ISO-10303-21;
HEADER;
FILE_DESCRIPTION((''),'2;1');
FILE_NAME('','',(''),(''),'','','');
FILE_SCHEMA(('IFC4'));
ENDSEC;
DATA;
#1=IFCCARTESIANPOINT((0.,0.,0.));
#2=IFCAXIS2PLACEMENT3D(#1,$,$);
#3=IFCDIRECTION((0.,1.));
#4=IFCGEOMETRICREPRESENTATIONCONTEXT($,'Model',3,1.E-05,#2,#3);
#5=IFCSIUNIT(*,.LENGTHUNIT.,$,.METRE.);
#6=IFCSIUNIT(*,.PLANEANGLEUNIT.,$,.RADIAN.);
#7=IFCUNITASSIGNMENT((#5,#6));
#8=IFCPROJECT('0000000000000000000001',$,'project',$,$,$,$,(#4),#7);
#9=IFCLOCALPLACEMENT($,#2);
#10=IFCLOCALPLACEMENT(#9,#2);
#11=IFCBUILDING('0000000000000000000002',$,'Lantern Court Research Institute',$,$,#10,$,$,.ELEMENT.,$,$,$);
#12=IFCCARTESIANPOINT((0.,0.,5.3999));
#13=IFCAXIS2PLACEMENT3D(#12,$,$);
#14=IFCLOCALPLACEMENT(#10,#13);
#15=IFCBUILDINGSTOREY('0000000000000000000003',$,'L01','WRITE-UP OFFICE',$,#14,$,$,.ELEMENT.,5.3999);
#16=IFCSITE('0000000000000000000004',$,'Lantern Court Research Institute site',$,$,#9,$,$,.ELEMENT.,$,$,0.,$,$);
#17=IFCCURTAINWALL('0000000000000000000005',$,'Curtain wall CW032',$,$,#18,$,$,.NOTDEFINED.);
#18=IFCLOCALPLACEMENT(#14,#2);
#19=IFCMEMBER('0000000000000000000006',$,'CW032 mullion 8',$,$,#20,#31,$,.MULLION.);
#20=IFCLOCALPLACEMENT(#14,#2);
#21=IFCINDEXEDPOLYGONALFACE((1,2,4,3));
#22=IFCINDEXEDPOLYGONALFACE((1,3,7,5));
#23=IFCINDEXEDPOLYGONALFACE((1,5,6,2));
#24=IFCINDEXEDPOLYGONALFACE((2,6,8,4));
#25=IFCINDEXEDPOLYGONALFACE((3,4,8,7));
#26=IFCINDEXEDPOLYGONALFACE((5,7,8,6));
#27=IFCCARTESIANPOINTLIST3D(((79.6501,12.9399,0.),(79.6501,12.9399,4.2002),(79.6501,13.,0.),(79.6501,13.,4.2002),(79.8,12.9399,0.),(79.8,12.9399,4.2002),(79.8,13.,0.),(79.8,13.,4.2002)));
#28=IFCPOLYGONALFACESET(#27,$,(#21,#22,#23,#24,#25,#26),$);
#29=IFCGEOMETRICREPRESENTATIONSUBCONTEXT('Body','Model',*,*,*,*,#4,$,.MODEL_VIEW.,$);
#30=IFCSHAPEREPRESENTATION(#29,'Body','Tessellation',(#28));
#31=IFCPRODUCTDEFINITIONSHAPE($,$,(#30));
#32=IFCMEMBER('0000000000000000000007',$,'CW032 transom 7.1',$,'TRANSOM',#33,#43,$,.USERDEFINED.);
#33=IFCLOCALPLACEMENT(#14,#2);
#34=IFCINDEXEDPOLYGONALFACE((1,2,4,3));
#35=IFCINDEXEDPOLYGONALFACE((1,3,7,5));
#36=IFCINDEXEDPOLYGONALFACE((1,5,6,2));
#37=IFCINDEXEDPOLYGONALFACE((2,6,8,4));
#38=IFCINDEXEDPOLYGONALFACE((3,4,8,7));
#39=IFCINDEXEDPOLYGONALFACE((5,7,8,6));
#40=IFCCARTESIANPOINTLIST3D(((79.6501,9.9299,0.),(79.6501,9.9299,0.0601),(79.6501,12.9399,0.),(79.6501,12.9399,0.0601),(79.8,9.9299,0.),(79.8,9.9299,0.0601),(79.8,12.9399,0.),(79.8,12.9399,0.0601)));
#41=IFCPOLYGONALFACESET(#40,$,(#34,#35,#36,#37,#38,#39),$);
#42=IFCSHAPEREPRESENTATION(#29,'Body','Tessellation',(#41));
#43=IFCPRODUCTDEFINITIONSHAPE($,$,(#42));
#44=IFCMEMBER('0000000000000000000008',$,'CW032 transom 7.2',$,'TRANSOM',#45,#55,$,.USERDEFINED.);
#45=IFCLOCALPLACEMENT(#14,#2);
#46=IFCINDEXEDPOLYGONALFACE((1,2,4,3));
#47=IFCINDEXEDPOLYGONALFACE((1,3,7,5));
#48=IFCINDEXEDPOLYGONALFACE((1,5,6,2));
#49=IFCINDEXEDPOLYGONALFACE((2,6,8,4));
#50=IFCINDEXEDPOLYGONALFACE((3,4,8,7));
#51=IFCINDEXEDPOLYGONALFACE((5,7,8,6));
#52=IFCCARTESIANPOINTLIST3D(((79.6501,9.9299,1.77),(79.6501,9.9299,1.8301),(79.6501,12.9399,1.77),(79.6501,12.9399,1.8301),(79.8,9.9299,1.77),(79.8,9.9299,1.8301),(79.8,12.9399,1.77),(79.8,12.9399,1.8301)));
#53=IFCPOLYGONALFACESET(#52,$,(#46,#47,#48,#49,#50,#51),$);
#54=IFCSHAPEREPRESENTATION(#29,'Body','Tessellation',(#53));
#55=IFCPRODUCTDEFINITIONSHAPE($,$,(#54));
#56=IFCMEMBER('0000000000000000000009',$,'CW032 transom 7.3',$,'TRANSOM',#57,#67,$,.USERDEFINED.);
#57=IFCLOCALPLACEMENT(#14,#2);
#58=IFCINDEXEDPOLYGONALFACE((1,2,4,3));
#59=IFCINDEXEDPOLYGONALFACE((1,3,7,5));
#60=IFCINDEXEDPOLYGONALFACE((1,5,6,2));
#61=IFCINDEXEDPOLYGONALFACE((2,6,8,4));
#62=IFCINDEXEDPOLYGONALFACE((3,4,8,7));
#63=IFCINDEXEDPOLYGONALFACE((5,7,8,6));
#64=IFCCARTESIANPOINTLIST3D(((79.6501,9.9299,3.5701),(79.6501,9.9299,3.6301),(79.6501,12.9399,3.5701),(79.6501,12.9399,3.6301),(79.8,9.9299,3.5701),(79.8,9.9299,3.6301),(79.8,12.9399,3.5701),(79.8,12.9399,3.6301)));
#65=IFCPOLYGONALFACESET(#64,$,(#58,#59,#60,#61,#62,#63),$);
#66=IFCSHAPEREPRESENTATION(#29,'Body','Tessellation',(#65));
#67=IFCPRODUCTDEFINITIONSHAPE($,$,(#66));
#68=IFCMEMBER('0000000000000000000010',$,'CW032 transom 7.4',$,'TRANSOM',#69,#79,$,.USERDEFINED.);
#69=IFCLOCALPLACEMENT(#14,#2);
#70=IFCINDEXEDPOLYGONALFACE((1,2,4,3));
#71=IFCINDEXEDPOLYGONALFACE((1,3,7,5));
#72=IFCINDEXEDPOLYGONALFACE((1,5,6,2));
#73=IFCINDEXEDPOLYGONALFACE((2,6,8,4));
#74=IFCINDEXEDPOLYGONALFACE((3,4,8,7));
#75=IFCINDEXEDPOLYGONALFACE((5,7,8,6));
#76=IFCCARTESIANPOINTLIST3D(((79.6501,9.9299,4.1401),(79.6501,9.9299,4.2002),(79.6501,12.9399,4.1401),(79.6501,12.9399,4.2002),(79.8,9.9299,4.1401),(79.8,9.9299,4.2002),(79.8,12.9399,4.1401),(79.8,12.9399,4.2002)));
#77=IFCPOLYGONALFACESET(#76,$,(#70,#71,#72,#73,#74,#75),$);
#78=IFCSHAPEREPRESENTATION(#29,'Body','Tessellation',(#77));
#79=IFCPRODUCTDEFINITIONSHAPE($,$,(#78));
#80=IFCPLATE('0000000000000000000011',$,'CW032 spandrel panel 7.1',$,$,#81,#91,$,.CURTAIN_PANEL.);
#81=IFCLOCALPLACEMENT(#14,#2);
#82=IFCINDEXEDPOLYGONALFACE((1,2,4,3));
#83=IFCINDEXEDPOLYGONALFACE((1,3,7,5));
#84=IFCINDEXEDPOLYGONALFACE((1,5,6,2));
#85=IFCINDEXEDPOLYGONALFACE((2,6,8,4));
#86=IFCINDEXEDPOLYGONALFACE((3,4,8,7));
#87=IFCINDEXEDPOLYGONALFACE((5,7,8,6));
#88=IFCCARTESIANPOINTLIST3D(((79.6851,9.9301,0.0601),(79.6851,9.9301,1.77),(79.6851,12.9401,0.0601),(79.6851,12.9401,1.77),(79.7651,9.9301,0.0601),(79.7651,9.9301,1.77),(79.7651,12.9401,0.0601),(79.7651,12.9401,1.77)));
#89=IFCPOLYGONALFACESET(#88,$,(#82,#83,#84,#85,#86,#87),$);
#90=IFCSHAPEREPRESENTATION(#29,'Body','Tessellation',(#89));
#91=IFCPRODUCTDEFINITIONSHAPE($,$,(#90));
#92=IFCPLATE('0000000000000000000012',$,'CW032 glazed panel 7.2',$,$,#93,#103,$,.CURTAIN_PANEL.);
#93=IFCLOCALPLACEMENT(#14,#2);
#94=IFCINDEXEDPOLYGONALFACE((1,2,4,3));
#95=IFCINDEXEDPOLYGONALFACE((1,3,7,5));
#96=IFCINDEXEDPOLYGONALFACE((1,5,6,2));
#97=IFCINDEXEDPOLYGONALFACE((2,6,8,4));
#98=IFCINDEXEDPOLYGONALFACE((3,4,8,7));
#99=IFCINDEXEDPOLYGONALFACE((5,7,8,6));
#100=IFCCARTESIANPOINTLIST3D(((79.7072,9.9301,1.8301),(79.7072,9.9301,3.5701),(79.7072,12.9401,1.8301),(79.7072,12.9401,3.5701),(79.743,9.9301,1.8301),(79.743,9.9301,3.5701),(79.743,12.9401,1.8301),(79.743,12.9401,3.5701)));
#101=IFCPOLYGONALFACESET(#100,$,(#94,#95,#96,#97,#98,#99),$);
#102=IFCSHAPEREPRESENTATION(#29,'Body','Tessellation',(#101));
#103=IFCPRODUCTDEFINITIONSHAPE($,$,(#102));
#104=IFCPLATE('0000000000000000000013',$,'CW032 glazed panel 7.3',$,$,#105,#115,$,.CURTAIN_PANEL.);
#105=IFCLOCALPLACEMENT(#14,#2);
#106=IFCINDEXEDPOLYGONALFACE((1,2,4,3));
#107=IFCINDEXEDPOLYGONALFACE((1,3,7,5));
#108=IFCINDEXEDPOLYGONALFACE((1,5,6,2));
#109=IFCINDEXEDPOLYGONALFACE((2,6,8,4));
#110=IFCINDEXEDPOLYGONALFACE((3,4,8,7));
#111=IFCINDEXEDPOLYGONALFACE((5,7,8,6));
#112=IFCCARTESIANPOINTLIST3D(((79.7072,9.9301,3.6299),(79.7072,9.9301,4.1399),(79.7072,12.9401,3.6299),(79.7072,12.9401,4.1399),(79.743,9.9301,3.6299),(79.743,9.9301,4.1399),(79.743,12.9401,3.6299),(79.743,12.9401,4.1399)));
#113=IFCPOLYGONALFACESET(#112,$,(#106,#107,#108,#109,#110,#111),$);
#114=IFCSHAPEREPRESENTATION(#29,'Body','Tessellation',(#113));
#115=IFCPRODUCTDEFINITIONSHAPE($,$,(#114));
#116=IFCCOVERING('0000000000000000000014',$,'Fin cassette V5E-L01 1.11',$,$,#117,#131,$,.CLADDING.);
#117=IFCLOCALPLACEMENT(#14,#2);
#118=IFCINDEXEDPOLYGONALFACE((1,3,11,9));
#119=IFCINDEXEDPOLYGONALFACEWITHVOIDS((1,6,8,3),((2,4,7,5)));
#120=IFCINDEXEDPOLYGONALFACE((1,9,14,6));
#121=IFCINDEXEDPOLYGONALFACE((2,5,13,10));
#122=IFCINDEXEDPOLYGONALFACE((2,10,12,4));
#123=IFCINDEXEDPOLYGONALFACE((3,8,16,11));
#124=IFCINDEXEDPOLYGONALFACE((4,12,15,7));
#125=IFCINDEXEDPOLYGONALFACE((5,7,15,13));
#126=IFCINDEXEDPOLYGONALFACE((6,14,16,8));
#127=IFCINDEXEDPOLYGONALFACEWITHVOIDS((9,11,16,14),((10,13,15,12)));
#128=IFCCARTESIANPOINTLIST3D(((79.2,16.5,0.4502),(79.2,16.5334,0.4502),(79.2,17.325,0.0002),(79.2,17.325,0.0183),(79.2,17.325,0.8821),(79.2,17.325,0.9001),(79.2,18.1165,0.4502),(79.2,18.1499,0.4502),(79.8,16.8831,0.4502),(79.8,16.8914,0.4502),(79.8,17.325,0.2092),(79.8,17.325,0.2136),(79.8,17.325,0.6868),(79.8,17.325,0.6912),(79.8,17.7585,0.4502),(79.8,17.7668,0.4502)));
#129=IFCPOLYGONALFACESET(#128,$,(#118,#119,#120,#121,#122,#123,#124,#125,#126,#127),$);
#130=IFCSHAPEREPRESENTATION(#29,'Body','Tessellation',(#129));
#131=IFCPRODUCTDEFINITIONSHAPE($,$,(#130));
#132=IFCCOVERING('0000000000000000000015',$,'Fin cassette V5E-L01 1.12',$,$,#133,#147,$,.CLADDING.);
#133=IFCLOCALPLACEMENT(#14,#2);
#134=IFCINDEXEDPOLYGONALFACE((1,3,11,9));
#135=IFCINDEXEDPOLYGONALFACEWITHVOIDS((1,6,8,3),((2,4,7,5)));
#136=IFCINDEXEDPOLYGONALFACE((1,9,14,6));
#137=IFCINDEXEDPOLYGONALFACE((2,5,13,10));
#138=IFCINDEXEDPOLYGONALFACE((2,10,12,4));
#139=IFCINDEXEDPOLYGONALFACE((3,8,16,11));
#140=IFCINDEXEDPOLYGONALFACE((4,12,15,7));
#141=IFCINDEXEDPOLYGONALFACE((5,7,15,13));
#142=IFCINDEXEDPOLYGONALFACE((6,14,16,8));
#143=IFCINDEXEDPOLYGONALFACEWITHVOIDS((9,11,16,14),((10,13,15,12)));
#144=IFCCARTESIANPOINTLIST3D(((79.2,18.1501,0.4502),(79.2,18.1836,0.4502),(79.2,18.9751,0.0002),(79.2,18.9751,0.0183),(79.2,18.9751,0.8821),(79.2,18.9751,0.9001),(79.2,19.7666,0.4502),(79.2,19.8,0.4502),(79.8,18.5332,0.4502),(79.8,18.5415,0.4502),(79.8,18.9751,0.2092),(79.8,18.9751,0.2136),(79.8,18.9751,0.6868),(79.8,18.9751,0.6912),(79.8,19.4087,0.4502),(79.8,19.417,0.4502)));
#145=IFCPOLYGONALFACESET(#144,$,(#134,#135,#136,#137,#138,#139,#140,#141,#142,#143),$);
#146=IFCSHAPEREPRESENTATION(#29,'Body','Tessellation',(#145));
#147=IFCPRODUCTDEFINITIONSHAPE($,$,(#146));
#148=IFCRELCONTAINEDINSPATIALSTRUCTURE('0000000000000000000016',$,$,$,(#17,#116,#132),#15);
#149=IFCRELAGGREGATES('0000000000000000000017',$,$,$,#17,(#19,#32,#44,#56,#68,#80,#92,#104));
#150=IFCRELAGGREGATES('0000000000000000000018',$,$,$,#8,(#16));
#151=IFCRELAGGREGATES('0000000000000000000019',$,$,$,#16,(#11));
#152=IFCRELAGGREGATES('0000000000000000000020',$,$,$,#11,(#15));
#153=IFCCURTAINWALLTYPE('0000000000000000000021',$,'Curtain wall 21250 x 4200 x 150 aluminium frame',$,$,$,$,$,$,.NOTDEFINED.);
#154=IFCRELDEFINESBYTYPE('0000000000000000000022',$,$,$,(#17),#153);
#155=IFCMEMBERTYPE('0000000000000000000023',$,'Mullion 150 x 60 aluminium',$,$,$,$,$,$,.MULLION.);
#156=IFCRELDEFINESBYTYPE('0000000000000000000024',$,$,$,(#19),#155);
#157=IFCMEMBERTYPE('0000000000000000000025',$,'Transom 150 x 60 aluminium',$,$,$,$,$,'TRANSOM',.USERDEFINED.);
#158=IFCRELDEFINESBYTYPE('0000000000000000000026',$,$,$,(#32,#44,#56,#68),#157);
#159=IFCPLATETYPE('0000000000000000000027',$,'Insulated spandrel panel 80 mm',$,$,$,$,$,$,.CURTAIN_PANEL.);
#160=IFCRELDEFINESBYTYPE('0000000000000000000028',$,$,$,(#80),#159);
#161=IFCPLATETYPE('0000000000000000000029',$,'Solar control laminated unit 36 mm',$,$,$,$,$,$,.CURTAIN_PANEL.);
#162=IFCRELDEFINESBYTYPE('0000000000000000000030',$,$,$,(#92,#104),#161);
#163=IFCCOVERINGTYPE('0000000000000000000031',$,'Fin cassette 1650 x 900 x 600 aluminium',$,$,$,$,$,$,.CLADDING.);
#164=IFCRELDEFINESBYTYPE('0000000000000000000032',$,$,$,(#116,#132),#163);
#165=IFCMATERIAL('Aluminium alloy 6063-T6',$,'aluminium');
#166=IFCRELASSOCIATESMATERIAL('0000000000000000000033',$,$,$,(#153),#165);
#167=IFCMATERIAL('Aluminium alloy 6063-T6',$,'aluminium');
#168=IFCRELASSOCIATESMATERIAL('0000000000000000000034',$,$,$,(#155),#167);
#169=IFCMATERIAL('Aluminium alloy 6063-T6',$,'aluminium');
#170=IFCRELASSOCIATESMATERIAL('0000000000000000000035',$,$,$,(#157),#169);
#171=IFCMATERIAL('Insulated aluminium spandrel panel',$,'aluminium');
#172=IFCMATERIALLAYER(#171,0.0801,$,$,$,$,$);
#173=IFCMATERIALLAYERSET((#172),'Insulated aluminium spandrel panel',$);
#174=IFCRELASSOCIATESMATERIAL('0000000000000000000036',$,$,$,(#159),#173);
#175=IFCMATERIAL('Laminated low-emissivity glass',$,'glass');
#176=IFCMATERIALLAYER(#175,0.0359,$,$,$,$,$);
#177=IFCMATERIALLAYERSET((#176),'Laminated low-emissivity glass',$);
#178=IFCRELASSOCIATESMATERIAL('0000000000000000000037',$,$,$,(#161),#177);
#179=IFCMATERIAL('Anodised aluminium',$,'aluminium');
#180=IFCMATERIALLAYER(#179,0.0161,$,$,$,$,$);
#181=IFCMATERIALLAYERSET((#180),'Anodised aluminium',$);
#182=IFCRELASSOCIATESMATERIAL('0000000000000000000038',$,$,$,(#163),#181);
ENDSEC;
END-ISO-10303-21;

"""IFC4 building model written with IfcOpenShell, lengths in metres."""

from ifc_helpers import new_model, entity, si_unit, direction, frame, origin, origin_2d, place, context, subcontext, project, spatial, rectangle, extrude, material, layer, layer_set, material_profile, profile_set, type_object, element, aggregate, save


model = new_model("IFC4")

# Units and contexts
model_context = context("Model", 3, precision=1e-05, world=origin(), true_north=direction((0.0, 1.0)))
body_context = subcontext(model_context, "Body", "Model", "MODEL_VIEW")
ifc_project = project(units=[si_unit("LENGTHUNIT", "METRE"), si_unit("PLANEANGLEUNIT", "RADIAN")], contexts=[model_context])

# Site, building, storey
site_placement = place(None, origin())
site = spatial("IfcSite", under=ifc_project, at=site_placement, Name="Lantern Court Research Institute site", CompositionType="ELEMENT", RefElevation=0.0)
building_placement = place(site_placement, origin())
building = spatial("IfcBuilding", under=site, at=building_placement, Name="Lantern Court Research Institute", CompositionType="ELEMENT")
storey_placement = place(building_placement, frame((0.0, 0.0, 5.3999)))
storey = spatial("IfcBuildingStorey", under=building, at=storey_placement, Name="L01", Description="WRITE-UP OFFICE", CompositionType="ELEMENT", Elevation=5.3999)

# Curtain wall, members, plates
ifc_material_1 = material(Name="Aluminium alloy 6063-T6", Category="aluminium")
curtain_wall_type = type_object("IfcCurtainWallType", Name="Curtain wall 21250 x 4200 x 150 aluminium frame", PredefinedType="NOTDEFINED", material=ifc_material_1)
curtain_wall_placement = place(storey_placement, origin())
curtain_wall = element("IfcCurtainWall", 1, at=curtain_wall_placement, inside=storey, type_object=curtain_wall_type, Name="Curtain wall CW032", PredefinedType="NOTDEFINED")
ifc_material_2 = material(Name="Aluminium alloy 6063-T6", Category="aluminium")
ifc_material_profile_1 = material_profile(ifc_material_2, rectangle(XDim=0.1499, YDim=0.0601, at=origin_2d()), Name="Mullion 150 x 60")
ifc_profile_set_1 = profile_set([ifc_material_profile_1], Name="Aluminium alloy 6063-T6")
member_type_1 = type_object("IfcMemberType", Name="Mullion 150 x 60 aluminium", PredefinedType="MULLION", material=ifc_profile_set_1)
member_1_placement = place(storey_placement, frame((79.7251, 12.97, 0.0), z_axis=(0.0, 0.0, 1.0), x_axis=(1.0, 0.0, 0.0)))
member_1 = element("IfcMember", 2, at=member_1_placement, type_object=member_type_1, Name="CW032 mullion 8", PredefinedType="MULLION", context=body_context, shape_type="SweptSolid", body=[
    extrude(rectangle(XDim=0.1499, YDim=0.0601, at=origin_2d()), origin(), (0.0, 0.0, 1.0), 4.2002),
])
ifc_material_3 = material(Name="Aluminium alloy 6063-T6", Category="aluminium")
ifc_material_profile_2 = material_profile(ifc_material_3, rectangle(XDim=0.1499, YDim=0.0601, at=origin_2d()), Name="Transom 150 x 60")
ifc_profile_set_2 = profile_set([ifc_material_profile_2], Name="Aluminium alloy 6063-T6")
member_type_2 = type_object("IfcMemberType", Name="Transom 150 x 60 aluminium", ElementType="TRANSOM", PredefinedType="USERDEFINED", material=ifc_profile_set_2)
member_2_placement = place(storey_placement, frame((79.7251, 12.9399, 0.03), z_axis=(0.0, -1.0, 0.0), x_axis=(1.0, 0.0, 0.0)))
member_2 = element("IfcMember", 3, at=member_2_placement, type_object=member_type_2, Name="CW032 transom 7.1", ObjectType="TRANSOM", PredefinedType="USERDEFINED", context=body_context, shape_type="SweptSolid", body=[
    extrude(rectangle(XDim=0.1499, YDim=0.0601, at=origin_2d()), origin(), (0.0, 0.0, 1.0), 3.01),
])
member_3_placement = place(storey_placement, frame((79.7251, 12.9399, 1.8), z_axis=(0.0, -1.0, 0.0), x_axis=(1.0, 0.0, 0.0)))
member_3 = element("IfcMember", 4, at=member_3_placement, type_object=member_type_2, Name="CW032 transom 7.2", ObjectType="TRANSOM", PredefinedType="USERDEFINED", context=body_context, shape_type="SweptSolid", body=[
    extrude(rectangle(XDim=0.1499, YDim=0.0601, at=origin_2d()), origin(), (0.0, 0.0, 1.0), 3.01),
])
member_4_placement = place(storey_placement, frame((79.7251, 12.9399, 3.6001), z_axis=(0.0, -1.0, 0.0), x_axis=(1.0, 0.0, 0.0)))
member_4 = element("IfcMember", 5, at=member_4_placement, type_object=member_type_2, Name="CW032 transom 7.3", ObjectType="TRANSOM", PredefinedType="USERDEFINED", context=body_context, shape_type="SweptSolid", body=[
    extrude(rectangle(XDim=0.1499, YDim=0.0601, at=origin_2d()), origin(), (0.0, 0.0, 1.0), 3.01),
])
member_5_placement = place(storey_placement, frame((79.7251, 12.9399, 4.1702), z_axis=(0.0, -1.0, 0.0), x_axis=(1.0, 0.0, 0.0)))
member_5 = element("IfcMember", 6, at=member_5_placement, type_object=member_type_2, Name="CW032 transom 7.4", ObjectType="TRANSOM", PredefinedType="USERDEFINED", context=body_context, shape_type="SweptSolid", body=[
    extrude(rectangle(XDim=0.1499, YDim=0.0601, at=origin_2d()), origin(), (0.0, 0.0, 1.0), 3.01),
])
ifc_material_4 = material(Name="Insulated aluminium spandrel panel", Category="aluminium")
ifc_layer_1 = layer(ifc_material_4, 0.0801)
ifc_layer_set_1 = layer_set([ifc_layer_1], Name="Insulated aluminium spandrel panel")
plate_type_1 = type_object("IfcPlateType", Name="Insulated spandrel panel 80 mm", PredefinedType="CURTAIN_PANEL", material=ifc_layer_set_1)
plate_1_placement = place(storey_placement, frame((79.7251, 11.4351, 0.0601), z_axis=(0.0, 0.0, 1.0), x_axis=(0.0, -1.0, 0.0)))
plate_1 = element("IfcPlate", 7, at=plate_1_placement, type_object=plate_type_1, Name="CW032 spandrel panel 7.1", PredefinedType="CURTAIN_PANEL", context=body_context, shape_type="SweptSolid", body=[
    extrude(rectangle(XDim=3.01, YDim=0.0801, at=origin_2d()), origin(), (0.0, 0.0, 1.0), 1.71),
])
ifc_material_5 = material(Name="Laminated low-emissivity glass", Category="glass")
ifc_layer_2 = layer(ifc_material_5, 0.0359)
ifc_layer_set_2 = layer_set([ifc_layer_2], Name="Laminated low-emissivity glass")
plate_type_2 = type_object("IfcPlateType", Name="Solar control laminated unit 36 mm", PredefinedType="CURTAIN_PANEL", material=ifc_layer_set_2)
plate_2_placement = place(storey_placement, frame((79.7251, 11.4351, 1.8301), z_axis=(0.0, 0.0, 1.0), x_axis=(0.0, -1.0, 0.0)))
plate_2 = element("IfcPlate", 8, at=plate_2_placement, type_object=plate_type_2, Name="CW032 glazed panel 7.2", PredefinedType="CURTAIN_PANEL", context=body_context, shape_type="SweptSolid", body=[
    extrude(rectangle(XDim=3.01, YDim=0.0359, at=origin_2d()), origin(), (0.0, 0.0, 1.0), 1.74),
])
plate_3_placement = place(storey_placement, frame((79.7251, 11.4351, 3.6299), z_axis=(0.0, 0.0, 1.0), x_axis=(0.0, -1.0, 0.0)))
plate_3 = element("IfcPlate", 9, at=plate_3_placement, type_object=plate_type_2, Name="CW032 glazed panel 7.3", PredefinedType="CURTAIN_PANEL", context=body_context, shape_type="SweptSolid", body=[
    extrude(rectangle(XDim=3.01, YDim=0.0359, at=origin_2d()), origin(), (0.0, 0.0, 1.0), 0.51),
])
aggregate(curtain_wall, [member_1, member_2, member_3, member_4, member_5, plate_1, plate_2, plate_3])

# Coverings
ifc_material_6 = material(Name="Anodised aluminium", Category="aluminium")
ifc_layer_3 = layer(ifc_material_6, 0.0161)
ifc_layer_set_3 = layer_set([ifc_layer_3], Name="Anodised aluminium")
covering_type = type_object("IfcCoveringType", Name="Fin cassette 1650 x 900 x 600 aluminium", PredefinedType="CLADDING", material=ifc_layer_set_3)
covering_1_placement = place(storey_placement, frame((79.2, 17.325, 0.4502), z_axis=(1.0, 0.0, 0.0), x_axis=(0.0, 1.0, 0.0)))
cartesian_point_1 = entity("IfcCartesianPoint", [0.825, 0.0])
cartesian_point_2 = entity("IfcCartesianPoint", [0.7915, 0.0])
cartesian_point_3 = entity("IfcCartesianPoint", [0.4419, 0.0])
cartesian_point_4 = entity("IfcCartesianPoint", [0.4336, 0.0])
element("IfcCovering", 10, at=covering_1_placement, inside=storey, type_object=covering_type, Name="Fin cassette V5E-L01 1.11", PredefinedType="CLADDING", context=body_context, shape_type="SweptSolid", body=[
    entity("IfcExtrudedAreaSolidTapered", entity("IfcArbitraryProfileDefWithVoids", "AREA", None, entity("IfcPolyline", [cartesian_point_1, entity("IfcCartesianPoint", [0.0, 0.45]), entity("IfcCartesianPoint", [-0.825, 0.0]), entity("IfcCartesianPoint", [0.0, -0.45]), cartesian_point_1]), [entity("IfcPolyline", [cartesian_point_2, entity("IfcCartesianPoint", [0.0, 0.4319]), entity("IfcCartesianPoint", [-0.7915, 0.0]), entity("IfcCartesianPoint", [0.0, -0.4319]), cartesian_point_2])]), entity("IfcAxis2Placement3D", entity("IfcCartesianPoint", [0.0, 0.0, 0.0])), entity("IfcDirection", [0.0, 0.0, 1.0]), 0.6001, entity("IfcArbitraryProfileDefWithVoids", "AREA", None, entity("IfcPolyline", [cartesian_point_3, entity("IfcCartesianPoint", [0.0, 0.241]), entity("IfcCartesianPoint", [-0.4419, 0.0]), entity("IfcCartesianPoint", [0.0, -0.241]), cartesian_point_3]), [entity("IfcPolyline", [cartesian_point_4, entity("IfcCartesianPoint", [0.0, 0.2366]), entity("IfcCartesianPoint", [-0.4336, 0.0]), entity("IfcCartesianPoint", [0.0, -0.2366]), cartesian_point_4])])),
])
covering_2_placement = place(storey_placement, frame((79.2, 18.9751, 0.4502), z_axis=(1.0, 0.0, 0.0), x_axis=(0.0, 1.0, 0.0)))
cartesian_point_5 = entity("IfcCartesianPoint", [0.825, 0.0])
cartesian_point_6 = entity("IfcCartesianPoint", [0.7915, 0.0])
cartesian_point_7 = entity("IfcCartesianPoint", [0.4419, 0.0])
cartesian_point_8 = entity("IfcCartesianPoint", [0.4336, 0.0])
element("IfcCovering", 11, at=covering_2_placement, inside=storey, type_object=covering_type, Name="Fin cassette V5E-L01 1.12", PredefinedType="CLADDING", context=body_context, shape_type="SweptSolid", body=[
    entity("IfcExtrudedAreaSolidTapered", entity("IfcArbitraryProfileDefWithVoids", "AREA", None, entity("IfcPolyline", [cartesian_point_5, entity("IfcCartesianPoint", [0.0, 0.45]), entity("IfcCartesianPoint", [-0.825, 0.0]), entity("IfcCartesianPoint", [0.0, -0.45]), cartesian_point_5]), [entity("IfcPolyline", [cartesian_point_6, entity("IfcCartesianPoint", [0.0, 0.4319]), entity("IfcCartesianPoint", [-0.7915, 0.0]), entity("IfcCartesianPoint", [0.0, -0.4319]), cartesian_point_6])]), entity("IfcAxis2Placement3D", entity("IfcCartesianPoint", [0.0, 0.0, 0.0])), entity("IfcDirection", [0.0, 0.0, 1.0]), 0.6001, entity("IfcArbitraryProfileDefWithVoids", "AREA", None, entity("IfcPolyline", [cartesian_point_7, entity("IfcCartesianPoint", [0.0, 0.241]), entity("IfcCartesianPoint", [-0.4419, 0.0]), entity("IfcCartesianPoint", [0.0, -0.241]), cartesian_point_7]), [entity("IfcPolyline", [cartesian_point_8, entity("IfcCartesianPoint", [0.0, 0.2366]), entity("IfcCartesianPoint", [-0.4336, 0.0]), entity("IfcCartesianPoint", [0.0, -0.2366]), cartesian_point_8])])),
])

save(model, "model.ifc")
